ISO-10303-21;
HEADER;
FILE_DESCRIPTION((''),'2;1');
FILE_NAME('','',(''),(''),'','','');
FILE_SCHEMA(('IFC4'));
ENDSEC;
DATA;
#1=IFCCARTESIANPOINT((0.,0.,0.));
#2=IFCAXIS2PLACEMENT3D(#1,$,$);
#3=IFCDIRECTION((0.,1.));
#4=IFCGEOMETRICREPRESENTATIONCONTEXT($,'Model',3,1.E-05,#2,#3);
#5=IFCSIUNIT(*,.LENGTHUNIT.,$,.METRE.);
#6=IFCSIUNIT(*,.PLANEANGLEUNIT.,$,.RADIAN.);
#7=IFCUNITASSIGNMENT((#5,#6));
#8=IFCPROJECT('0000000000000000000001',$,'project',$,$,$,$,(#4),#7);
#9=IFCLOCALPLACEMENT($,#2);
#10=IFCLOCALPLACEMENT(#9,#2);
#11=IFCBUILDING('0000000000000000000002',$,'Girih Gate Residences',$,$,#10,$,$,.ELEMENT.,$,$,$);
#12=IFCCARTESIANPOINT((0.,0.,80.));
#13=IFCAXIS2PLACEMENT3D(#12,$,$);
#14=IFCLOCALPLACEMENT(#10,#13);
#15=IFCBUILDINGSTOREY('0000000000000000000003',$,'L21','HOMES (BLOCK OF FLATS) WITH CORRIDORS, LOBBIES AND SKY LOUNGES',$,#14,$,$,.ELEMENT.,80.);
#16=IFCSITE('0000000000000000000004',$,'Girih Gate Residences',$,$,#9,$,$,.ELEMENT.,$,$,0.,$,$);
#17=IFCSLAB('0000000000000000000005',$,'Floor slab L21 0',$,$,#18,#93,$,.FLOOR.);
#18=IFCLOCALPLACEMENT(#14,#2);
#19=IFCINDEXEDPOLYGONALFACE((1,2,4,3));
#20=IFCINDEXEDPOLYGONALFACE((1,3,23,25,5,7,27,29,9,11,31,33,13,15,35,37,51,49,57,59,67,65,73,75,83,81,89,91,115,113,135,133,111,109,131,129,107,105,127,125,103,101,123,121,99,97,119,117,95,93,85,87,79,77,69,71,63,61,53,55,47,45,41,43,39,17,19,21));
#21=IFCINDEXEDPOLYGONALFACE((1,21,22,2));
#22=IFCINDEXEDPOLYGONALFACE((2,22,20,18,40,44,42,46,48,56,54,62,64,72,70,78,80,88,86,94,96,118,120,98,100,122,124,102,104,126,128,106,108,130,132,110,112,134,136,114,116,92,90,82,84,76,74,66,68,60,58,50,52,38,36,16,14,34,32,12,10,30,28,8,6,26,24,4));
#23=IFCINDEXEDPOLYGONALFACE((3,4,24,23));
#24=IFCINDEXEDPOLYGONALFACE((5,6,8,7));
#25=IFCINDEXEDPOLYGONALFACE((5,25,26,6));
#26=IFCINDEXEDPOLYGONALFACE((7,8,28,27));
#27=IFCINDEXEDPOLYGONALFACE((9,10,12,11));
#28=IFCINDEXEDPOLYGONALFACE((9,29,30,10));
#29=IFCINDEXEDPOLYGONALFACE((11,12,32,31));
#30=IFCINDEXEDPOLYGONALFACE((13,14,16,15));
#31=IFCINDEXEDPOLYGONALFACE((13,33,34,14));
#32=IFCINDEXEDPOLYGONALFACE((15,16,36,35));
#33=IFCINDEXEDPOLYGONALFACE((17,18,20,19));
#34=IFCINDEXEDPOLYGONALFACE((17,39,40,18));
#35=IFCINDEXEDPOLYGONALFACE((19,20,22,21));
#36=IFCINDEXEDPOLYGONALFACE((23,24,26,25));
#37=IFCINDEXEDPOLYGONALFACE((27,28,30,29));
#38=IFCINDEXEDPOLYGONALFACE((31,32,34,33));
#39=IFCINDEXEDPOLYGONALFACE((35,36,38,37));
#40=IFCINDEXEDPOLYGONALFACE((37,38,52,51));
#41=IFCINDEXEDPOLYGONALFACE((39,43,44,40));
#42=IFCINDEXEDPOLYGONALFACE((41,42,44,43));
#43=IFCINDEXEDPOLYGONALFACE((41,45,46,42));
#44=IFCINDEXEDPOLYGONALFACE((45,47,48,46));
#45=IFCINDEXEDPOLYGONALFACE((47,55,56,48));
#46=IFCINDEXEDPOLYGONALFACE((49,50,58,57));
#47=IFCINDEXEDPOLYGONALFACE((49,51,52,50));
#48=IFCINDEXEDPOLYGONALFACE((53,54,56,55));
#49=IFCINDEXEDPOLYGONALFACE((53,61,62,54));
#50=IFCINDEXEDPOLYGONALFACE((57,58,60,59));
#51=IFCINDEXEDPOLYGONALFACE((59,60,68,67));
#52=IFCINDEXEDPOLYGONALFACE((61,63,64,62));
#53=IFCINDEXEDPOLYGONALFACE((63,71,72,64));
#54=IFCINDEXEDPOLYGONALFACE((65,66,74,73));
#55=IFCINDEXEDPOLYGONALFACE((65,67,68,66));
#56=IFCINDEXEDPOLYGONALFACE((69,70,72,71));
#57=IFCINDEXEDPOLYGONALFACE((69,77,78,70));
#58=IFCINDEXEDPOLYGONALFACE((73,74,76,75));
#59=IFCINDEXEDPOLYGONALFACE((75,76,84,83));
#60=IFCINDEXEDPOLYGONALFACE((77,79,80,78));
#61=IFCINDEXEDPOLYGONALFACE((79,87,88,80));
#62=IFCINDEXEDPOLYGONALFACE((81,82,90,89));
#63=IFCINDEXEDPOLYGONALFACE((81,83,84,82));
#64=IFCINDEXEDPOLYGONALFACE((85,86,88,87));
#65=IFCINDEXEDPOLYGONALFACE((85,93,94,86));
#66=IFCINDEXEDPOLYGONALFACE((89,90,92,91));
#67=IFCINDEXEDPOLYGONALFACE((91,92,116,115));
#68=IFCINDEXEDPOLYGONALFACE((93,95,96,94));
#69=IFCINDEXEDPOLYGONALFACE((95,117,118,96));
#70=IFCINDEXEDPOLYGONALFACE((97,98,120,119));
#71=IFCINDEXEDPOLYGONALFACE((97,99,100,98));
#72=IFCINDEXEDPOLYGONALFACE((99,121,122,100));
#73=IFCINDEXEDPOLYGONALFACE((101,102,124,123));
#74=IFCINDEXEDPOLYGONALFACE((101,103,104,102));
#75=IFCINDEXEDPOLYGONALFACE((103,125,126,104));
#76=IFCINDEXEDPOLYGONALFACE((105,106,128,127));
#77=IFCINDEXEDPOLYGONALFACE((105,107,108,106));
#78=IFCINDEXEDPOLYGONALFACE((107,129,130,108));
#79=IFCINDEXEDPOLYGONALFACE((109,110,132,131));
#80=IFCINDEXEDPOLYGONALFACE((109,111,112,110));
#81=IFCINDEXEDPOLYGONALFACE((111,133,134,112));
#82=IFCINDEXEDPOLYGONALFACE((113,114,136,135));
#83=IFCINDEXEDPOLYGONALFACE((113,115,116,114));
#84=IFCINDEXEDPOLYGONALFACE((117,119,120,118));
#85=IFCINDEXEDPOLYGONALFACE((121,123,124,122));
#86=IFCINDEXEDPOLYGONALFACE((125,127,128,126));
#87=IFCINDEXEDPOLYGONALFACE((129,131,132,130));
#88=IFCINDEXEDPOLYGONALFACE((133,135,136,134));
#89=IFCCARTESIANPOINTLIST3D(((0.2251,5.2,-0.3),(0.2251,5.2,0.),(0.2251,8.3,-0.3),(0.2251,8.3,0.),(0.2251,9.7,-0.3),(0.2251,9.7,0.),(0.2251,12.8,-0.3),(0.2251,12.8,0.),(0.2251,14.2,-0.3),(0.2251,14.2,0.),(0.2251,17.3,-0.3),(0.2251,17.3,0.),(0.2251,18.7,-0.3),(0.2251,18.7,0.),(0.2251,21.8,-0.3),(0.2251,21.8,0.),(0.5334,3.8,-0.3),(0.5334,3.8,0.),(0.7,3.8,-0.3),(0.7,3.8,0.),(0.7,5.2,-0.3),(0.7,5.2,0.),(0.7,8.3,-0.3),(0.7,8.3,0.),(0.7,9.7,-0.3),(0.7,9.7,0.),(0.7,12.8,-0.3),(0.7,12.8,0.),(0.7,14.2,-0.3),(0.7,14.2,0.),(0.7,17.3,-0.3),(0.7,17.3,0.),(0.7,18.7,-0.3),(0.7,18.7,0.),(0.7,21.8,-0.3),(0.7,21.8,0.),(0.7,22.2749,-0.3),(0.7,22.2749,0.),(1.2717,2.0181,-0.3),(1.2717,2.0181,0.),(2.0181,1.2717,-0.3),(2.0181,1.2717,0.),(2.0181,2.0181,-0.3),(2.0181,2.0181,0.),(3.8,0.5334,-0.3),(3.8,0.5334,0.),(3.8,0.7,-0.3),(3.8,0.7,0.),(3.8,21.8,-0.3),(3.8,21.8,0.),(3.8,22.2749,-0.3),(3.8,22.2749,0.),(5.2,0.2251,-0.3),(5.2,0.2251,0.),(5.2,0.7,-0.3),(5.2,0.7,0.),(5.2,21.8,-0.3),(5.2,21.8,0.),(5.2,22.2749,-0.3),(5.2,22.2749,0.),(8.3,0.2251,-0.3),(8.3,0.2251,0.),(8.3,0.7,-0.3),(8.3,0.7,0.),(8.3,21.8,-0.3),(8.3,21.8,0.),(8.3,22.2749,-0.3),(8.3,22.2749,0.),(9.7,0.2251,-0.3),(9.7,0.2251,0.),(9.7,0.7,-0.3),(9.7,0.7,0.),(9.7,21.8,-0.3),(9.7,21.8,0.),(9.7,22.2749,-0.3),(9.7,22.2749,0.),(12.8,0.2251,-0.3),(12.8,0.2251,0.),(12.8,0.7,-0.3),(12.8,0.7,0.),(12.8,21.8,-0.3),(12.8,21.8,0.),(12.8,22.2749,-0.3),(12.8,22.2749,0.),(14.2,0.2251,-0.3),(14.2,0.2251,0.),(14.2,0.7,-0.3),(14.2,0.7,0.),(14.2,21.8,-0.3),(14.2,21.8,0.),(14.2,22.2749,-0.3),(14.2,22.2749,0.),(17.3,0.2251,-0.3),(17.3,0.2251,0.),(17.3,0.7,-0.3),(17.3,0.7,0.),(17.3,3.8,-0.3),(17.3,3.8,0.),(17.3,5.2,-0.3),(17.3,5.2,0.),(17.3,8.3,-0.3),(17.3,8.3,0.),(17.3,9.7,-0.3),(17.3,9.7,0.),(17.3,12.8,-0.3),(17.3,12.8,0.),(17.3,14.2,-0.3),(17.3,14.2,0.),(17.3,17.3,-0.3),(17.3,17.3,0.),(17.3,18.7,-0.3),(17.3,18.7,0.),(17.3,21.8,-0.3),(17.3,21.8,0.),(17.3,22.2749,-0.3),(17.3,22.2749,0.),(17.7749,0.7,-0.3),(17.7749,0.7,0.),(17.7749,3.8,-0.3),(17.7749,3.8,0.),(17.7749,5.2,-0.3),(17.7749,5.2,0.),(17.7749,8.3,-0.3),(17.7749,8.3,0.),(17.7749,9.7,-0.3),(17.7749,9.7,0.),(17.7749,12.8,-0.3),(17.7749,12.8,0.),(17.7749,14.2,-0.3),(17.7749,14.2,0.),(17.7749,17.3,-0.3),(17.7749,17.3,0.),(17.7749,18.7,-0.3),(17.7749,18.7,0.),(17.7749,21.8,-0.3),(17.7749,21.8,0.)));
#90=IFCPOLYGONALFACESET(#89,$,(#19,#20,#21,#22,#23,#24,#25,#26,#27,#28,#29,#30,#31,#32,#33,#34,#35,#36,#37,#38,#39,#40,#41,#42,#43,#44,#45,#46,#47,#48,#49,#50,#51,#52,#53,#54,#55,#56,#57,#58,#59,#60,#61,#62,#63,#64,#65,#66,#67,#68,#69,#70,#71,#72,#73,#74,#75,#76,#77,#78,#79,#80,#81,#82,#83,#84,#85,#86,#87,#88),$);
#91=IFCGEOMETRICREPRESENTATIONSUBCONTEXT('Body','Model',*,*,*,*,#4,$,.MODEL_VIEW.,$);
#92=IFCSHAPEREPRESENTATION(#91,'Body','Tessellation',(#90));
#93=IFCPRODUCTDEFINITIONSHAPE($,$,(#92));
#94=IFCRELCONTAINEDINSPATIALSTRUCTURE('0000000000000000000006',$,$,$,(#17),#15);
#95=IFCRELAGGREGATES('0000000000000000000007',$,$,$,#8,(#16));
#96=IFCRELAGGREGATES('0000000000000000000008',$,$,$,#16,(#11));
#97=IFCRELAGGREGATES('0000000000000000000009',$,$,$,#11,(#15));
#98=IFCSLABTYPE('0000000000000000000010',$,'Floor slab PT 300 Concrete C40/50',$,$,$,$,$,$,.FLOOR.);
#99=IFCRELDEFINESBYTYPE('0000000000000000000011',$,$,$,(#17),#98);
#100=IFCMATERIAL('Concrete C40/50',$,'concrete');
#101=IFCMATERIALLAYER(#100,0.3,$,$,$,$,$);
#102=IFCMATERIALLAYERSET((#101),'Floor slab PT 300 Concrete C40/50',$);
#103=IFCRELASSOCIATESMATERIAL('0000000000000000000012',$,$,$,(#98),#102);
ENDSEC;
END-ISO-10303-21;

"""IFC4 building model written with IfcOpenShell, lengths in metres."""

from ifc_helpers import new_model, si_unit, direction, frame, origin, place, context, subcontext, project, spatial, polyline, outline, extrude, material, layer, layer_set, type_object, element, save


model = new_model("IFC4")

# Units and contexts
model_context = context("Model", 3, precision=1e-05, world=origin(), true_north=direction((0.0, 1.0)))
body_context = subcontext(model_context, "Body", "Model", "MODEL_VIEW")
ifc_project = project(units=[si_unit("LENGTHUNIT", "METRE"), si_unit("PLANEANGLEUNIT", "RADIAN")], contexts=[model_context])

# Site, building, storey
site_placement = place(None, origin())
site = spatial("IfcSite", under=ifc_project, at=site_placement, Name="Girih Gate Residences", CompositionType="ELEMENT", RefElevation=0.0)
building_placement = place(site_placement, origin())
building = spatial("IfcBuilding", under=site, at=building_placement, Name="Girih Gate Residences", CompositionType="ELEMENT")
storey_placement = place(building_placement, frame((0.0, 0.0, 80.0)))
storey = spatial("IfcBuildingStorey", under=building, at=storey_placement, Name="L21", Description="HOMES (BLOCK OF FLATS) WITH CORRIDORS, LOBBIES AND SKY LOUNGES", CompositionType="ELEMENT", Elevation=80.0)

# Slab
ifc_material_1 = material(Name="Concrete C40/50", Category="concrete")
ifc_layer_1 = layer(ifc_material_1, 0.3)
ifc_layer_set_1 = layer_set([ifc_layer_1], Name="Floor slab PT 300 Concrete C40/50")
slab_type_1 = type_object("IfcSlabType", Name="Floor slab PT 300 Concrete C40/50", PredefinedType="FLOOR", material=ifc_layer_set_1)
slab_1_placement = place(storey_placement, frame((0.0, 0.0, -0.3)))
element("IfcSlab", 1, at=slab_1_placement, inside=storey, type_object=slab_type_1, Name="Floor slab L21 0", PredefinedType="FLOOR", context=body_context, shape_type="SweptSolid", body=[
    extrude(outline(polyline([(0.2251, 8.3), (0.2251, 5.2), (0.7, 5.2), (0.7, 3.8), (0.5334, 3.8), (1.2717, 2.0181), (2.0181, 2.0181), (2.0181, 1.2717), (3.8, 0.5334), (3.8, 0.7), (5.2, 0.7), (5.2, 0.2251), (8.3, 0.2251), (8.3, 0.7), (9.7, 0.7), (9.7, 0.2251), (12.8, 0.2251), (12.8, 0.7), (14.2, 0.7), (14.2, 0.2251), (17.3, 0.2251), (17.3, 0.7), (17.7749, 0.7), (17.7749, 3.8), (17.3, 3.8), (17.3, 5.2), (17.7749, 5.2), (17.7749, 8.3), (17.3, 8.3), (17.3, 9.7), (17.7749, 9.7), (17.7749, 12.8), (17.3, 12.8), (17.3, 14.2), (17.7749, 14.2), (17.7749, 17.3), (17.3, 17.3), (17.3, 18.7), (17.7749, 18.7), (17.7749, 21.8), (17.3, 21.8), (17.3, 22.2749), (14.2, 22.2749), (14.2, 21.8), (12.8, 21.8), (12.8, 22.2749), (9.7, 22.2749), (9.7, 21.8), (8.3, 21.8), (8.3, 22.2749), (5.2, 22.2749), (5.2, 21.8), (3.8, 21.8), (3.8, 22.2749), (0.7, 22.2749), (0.7, 21.8), (0.2251, 21.8), (0.2251, 18.7), (0.7, 18.7), (0.7, 17.3), (0.2251, 17.3), (0.2251, 14.2), (0.7, 14.2), (0.7, 12.8), (0.2251, 12.8), (0.2251, 9.7), (0.7, 9.7), (0.7, 8.3), (0.2251, 8.3)])), origin(), (0.0, 0.0, 1.0), 0.3),
])

save(model, "model.ifc")
